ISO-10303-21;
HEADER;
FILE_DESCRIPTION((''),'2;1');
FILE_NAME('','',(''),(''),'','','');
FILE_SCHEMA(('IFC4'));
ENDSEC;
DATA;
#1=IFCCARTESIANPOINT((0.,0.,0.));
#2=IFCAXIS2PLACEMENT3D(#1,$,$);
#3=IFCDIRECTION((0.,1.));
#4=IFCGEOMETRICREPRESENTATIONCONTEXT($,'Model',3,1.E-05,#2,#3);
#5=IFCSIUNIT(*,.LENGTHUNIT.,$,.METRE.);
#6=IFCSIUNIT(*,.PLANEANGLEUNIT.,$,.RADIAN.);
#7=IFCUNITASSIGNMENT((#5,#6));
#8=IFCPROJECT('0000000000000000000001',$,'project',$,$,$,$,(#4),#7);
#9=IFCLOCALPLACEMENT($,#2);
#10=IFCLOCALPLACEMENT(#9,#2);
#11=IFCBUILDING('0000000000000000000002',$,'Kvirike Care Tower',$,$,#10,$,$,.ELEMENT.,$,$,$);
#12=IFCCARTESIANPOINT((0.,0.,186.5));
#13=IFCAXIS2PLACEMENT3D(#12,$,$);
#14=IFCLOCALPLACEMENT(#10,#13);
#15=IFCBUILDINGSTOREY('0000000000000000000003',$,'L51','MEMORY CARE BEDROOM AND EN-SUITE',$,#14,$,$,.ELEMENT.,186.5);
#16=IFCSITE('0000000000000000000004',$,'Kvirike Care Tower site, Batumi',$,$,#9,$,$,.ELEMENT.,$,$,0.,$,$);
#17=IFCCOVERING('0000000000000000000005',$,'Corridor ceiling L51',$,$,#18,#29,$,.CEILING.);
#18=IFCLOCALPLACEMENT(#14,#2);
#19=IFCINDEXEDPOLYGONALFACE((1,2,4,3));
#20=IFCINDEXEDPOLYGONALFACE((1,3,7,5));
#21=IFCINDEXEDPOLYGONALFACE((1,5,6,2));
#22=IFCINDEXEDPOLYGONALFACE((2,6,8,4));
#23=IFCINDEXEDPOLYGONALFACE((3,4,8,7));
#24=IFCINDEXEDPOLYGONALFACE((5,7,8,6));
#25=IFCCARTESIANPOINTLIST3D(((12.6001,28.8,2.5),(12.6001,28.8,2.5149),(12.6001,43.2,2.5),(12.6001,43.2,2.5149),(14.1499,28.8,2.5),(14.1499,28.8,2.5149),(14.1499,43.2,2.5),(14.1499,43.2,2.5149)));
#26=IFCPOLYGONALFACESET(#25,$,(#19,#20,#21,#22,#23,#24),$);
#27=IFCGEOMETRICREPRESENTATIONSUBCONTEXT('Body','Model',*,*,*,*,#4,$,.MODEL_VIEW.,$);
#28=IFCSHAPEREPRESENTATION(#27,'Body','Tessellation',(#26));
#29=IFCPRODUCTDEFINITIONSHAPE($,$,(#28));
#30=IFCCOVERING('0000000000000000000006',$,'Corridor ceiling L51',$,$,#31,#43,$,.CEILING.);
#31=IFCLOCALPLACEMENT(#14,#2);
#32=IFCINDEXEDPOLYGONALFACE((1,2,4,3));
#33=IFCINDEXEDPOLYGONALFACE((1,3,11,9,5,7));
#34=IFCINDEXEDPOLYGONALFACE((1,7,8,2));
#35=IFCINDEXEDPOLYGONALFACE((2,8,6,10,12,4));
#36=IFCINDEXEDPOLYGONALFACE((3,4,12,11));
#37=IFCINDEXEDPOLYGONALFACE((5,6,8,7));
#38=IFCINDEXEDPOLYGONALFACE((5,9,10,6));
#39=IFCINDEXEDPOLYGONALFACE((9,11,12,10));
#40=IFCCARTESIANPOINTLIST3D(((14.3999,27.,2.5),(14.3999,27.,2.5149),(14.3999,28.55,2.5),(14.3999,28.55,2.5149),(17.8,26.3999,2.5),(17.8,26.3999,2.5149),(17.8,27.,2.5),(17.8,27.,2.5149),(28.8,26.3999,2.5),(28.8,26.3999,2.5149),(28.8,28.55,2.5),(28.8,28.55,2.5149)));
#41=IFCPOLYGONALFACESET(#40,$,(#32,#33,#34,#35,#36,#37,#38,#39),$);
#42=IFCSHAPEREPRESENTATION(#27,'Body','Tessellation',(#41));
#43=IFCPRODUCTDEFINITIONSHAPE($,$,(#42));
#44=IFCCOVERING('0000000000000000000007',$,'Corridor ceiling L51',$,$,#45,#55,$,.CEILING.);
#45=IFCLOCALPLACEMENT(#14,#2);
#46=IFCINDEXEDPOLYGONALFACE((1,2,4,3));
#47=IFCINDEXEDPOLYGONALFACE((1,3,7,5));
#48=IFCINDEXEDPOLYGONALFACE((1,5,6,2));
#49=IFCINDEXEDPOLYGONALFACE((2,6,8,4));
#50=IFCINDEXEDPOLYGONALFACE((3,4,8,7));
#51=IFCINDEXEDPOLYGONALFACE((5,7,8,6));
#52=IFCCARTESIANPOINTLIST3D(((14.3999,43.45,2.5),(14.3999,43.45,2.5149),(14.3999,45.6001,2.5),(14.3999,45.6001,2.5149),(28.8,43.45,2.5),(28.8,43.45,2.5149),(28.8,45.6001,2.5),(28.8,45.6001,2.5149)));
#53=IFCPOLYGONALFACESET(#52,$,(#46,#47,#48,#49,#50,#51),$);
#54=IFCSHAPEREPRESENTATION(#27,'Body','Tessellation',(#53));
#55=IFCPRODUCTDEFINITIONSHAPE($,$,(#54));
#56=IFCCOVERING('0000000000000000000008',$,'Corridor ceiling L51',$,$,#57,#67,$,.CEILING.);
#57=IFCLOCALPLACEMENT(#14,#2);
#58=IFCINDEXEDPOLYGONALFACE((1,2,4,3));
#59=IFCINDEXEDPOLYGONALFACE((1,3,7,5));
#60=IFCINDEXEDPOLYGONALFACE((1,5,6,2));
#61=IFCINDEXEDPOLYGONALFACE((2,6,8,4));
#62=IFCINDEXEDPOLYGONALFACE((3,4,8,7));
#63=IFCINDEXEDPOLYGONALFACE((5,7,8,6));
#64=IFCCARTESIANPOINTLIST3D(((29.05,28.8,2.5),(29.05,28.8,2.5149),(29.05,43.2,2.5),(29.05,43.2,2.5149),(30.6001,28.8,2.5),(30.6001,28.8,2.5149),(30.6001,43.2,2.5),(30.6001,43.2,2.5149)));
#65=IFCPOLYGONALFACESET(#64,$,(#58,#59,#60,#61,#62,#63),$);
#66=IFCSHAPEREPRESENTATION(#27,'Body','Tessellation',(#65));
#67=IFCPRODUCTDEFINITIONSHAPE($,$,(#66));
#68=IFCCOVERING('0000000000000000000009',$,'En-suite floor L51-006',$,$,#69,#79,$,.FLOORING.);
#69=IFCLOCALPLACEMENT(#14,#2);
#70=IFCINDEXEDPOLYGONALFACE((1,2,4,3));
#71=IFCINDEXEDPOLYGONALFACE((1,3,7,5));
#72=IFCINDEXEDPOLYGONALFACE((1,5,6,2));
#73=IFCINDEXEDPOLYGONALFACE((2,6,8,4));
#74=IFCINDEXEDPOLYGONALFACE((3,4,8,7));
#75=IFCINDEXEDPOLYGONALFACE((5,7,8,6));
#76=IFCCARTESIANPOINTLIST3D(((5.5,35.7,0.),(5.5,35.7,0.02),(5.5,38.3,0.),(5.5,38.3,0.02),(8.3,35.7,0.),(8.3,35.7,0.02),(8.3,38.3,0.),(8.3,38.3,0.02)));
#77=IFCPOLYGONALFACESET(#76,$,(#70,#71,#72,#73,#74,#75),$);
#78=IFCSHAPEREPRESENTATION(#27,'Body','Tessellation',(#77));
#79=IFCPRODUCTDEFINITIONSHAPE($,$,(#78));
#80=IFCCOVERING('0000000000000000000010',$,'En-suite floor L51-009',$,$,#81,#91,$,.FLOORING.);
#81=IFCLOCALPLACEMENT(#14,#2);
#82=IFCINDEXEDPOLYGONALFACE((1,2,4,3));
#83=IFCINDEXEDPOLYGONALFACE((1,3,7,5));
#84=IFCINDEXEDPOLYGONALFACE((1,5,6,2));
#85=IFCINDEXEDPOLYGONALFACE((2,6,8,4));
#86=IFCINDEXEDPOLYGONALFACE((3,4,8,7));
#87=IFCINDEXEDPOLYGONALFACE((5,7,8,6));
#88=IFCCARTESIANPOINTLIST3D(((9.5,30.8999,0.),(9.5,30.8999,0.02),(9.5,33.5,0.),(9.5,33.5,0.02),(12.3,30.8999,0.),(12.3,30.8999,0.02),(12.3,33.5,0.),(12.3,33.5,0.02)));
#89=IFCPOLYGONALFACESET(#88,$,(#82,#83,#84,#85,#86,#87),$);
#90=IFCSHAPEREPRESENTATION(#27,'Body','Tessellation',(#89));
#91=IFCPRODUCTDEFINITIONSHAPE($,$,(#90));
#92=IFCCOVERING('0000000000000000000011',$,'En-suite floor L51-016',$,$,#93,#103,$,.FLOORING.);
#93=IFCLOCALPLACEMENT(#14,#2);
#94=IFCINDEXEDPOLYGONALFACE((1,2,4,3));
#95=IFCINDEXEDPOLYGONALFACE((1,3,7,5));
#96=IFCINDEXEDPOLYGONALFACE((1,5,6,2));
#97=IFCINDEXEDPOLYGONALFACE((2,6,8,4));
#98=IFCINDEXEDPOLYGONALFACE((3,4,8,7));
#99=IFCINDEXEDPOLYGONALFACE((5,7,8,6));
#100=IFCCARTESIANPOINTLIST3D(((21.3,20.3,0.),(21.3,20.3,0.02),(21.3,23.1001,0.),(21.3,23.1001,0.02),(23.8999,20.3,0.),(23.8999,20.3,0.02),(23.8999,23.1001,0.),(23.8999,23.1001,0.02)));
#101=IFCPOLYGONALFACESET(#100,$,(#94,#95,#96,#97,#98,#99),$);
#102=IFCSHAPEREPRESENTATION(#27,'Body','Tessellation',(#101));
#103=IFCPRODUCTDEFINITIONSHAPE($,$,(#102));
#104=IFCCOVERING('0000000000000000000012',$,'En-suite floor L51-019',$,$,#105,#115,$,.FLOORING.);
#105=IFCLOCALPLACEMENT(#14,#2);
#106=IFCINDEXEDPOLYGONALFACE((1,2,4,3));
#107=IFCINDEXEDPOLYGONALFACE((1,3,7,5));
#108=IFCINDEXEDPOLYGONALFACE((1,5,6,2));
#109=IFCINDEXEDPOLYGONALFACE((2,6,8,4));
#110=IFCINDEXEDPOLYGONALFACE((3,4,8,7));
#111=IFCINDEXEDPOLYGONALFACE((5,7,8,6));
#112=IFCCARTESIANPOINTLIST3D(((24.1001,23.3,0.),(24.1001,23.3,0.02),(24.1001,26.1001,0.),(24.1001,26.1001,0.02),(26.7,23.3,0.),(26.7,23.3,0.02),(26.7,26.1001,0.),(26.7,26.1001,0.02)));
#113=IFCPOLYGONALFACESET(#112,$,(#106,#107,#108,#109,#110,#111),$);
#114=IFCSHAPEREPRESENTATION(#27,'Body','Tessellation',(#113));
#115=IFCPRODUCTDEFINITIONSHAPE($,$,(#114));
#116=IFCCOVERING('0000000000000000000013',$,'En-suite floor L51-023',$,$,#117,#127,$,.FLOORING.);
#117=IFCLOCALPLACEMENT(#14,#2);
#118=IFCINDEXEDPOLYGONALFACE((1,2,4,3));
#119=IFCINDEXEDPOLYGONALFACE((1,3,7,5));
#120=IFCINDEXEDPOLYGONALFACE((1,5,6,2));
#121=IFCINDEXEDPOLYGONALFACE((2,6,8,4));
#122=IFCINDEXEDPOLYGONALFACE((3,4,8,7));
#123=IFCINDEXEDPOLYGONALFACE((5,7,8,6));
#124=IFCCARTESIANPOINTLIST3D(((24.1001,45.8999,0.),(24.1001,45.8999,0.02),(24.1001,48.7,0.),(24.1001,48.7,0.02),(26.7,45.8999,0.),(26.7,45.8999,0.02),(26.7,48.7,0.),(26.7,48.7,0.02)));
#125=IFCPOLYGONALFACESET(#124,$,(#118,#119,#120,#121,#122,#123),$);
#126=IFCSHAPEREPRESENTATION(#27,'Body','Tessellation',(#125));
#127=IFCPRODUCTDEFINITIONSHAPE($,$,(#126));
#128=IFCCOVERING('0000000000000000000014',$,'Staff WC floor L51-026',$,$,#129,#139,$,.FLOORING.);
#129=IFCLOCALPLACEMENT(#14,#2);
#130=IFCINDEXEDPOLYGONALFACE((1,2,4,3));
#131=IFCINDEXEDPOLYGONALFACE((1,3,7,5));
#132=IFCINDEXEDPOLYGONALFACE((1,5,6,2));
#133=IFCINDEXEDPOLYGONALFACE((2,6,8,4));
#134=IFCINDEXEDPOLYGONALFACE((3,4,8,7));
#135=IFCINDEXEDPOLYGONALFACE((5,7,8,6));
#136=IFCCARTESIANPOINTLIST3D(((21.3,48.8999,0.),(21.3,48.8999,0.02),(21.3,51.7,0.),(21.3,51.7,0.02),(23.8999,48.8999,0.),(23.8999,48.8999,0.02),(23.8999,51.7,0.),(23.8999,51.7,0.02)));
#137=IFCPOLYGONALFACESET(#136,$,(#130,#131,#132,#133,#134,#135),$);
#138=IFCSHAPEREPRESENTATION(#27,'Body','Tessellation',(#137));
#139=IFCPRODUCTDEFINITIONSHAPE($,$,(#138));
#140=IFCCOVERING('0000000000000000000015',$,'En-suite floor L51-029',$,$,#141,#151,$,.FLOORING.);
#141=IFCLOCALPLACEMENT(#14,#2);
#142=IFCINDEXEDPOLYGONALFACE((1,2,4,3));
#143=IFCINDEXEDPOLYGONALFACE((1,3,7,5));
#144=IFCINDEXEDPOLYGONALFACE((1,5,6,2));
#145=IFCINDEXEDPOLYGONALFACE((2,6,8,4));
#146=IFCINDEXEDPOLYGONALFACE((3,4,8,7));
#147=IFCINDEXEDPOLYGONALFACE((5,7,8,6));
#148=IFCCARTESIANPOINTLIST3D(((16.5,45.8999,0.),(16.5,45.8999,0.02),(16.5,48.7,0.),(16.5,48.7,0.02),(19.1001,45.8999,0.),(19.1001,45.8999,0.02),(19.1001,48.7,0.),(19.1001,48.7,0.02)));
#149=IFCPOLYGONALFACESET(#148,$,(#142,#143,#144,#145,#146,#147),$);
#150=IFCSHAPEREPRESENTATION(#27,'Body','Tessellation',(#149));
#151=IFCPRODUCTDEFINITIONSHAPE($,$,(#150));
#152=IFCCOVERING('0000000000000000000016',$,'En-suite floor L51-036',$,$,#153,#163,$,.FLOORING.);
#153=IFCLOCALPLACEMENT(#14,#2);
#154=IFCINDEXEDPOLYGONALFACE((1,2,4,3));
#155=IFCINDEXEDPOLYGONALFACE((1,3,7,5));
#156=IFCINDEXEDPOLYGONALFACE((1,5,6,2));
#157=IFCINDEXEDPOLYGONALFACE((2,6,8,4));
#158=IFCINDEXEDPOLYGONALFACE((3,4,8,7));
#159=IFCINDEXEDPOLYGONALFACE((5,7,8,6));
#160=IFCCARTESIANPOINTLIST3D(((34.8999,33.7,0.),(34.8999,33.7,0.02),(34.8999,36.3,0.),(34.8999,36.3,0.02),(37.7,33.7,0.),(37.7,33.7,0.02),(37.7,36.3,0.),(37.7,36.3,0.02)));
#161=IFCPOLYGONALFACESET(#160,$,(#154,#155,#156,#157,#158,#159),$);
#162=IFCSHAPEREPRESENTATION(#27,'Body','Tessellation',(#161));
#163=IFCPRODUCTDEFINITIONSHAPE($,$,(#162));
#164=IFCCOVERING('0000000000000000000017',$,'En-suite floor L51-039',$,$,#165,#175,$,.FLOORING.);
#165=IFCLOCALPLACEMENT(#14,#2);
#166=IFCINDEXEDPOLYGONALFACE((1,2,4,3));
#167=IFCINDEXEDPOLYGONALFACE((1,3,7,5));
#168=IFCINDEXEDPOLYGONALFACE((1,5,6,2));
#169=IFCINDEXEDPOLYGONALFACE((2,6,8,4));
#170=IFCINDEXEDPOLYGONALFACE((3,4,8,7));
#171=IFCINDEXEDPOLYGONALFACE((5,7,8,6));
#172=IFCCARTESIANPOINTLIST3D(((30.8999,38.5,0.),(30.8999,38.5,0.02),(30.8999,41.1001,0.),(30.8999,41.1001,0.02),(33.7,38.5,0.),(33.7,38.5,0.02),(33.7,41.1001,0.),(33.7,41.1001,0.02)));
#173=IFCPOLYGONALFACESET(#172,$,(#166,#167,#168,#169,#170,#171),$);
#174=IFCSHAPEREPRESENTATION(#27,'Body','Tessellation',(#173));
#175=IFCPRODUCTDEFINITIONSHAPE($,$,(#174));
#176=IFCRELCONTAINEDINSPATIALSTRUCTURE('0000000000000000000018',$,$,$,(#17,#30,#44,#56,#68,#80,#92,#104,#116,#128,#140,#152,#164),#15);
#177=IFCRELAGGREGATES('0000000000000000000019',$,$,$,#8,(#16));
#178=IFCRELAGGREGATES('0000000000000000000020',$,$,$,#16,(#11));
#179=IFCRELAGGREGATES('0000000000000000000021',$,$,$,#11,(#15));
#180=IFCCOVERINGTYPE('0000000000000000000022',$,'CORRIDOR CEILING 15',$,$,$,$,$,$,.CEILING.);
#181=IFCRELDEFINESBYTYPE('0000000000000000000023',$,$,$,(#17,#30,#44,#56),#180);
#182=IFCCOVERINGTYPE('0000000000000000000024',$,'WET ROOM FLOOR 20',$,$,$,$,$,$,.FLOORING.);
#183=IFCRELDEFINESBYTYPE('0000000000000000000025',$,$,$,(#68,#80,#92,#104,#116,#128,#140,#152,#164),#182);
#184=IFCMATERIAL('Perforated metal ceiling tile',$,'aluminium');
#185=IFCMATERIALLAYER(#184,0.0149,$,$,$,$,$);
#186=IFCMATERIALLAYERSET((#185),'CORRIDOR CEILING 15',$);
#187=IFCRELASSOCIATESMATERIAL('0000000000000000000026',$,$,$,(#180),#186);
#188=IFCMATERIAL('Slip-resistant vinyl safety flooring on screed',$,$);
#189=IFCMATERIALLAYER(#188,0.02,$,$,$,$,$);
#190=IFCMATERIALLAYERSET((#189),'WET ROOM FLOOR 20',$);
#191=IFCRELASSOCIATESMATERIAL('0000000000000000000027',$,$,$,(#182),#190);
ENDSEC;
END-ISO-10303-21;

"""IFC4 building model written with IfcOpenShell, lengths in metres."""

from ifc_helpers import new_model, si_unit, direction, frame, origin, place, context, subcontext, project, spatial, polyline, outline, extrude, material, layer, layer_set, type_object, element, save


model = new_model("IFC4")

# Units and contexts
model_context = context("Model", 3, precision=1e-05, world=origin(), true_north=direction((0.0, 1.0)))
body_context = subcontext(model_context, "Body", "Model", "MODEL_VIEW")
ifc_project = project(units=[si_unit("LENGTHUNIT", "METRE"), si_unit("PLANEANGLEUNIT", "RADIAN")], contexts=[model_context])

# Site, building, storey
site_placement = place(None, origin())
site = spatial("IfcSite", under=ifc_project, at=site_placement, Name="Kvirike Care Tower site, Batumi", CompositionType="ELEMENT", RefElevation=0.0)
building_placement = place(site_placement, origin())
building = spatial("IfcBuilding", under=site, at=building_placement, Name="Kvirike Care Tower", CompositionType="ELEMENT")
storey_placement = place(building_placement, frame((0.0, 0.0, 186.5)))
storey = spatial("IfcBuildingStorey", under=building, at=storey_placement, Name="L51", Description="MEMORY CARE BEDROOM AND EN-SUITE", CompositionType="ELEMENT", Elevation=186.5)

# Coverings
ifc_material_1 = material(Name="Perforated metal ceiling tile", Category="aluminium")
ifc_layer_1 = layer(ifc_material_1, 0.0149)
ifc_layer_set_1 = layer_set([ifc_layer_1], Name="CORRIDOR CEILING 15")
covering_type_1 = type_object("IfcCoveringType", Name="CORRIDOR CEILING 15", PredefinedType="CEILING", material=ifc_layer_set_1)
covering_1_placement = place(storey_placement, frame((0.0, 0.0, 2.5)))
element("IfcCovering", 1, at=covering_1_placement, inside=storey, type_object=covering_type_1, Name="Corridor ceiling L51", PredefinedType="CEILING", context=body_context, shape_type="SweptSolid", body=[
    extrude(outline(polyline([(12.6001, 43.2), (14.1499, 43.2), (14.1499, 28.8), (12.6001, 28.8), (12.6001, 43.2)])), origin(), (0.0, 0.0, 1.0), 0.0149),
])
covering_2_placement = place(storey_placement, frame((0.0, 0.0, 2.5)))
element("IfcCovering", 2, at=covering_2_placement, inside=storey, type_object=covering_type_1, Name="Corridor ceiling L51", PredefinedType="CEILING", context=body_context, shape_type="SweptSolid", body=[
    extrude(outline(polyline([(14.3999, 28.55), (28.8, 28.55), (28.8, 26.3999), (17.8, 26.3999), (17.8, 27.0), (14.3999, 27.0), (14.3999, 28.55)])), origin(), (0.0, 0.0, 1.0), 0.0149),
])
covering_3_placement = place(storey_placement, frame((0.0, 0.0, 2.5)))
element("IfcCovering", 3, at=covering_3_placement, inside=storey, type_object=covering_type_1, Name="Corridor ceiling L51", PredefinedType="CEILING", context=body_context, shape_type="SweptSolid", body=[
    extrude(outline(polyline([(28.8, 45.6001), (28.8, 43.45), (14.3999, 43.45), (14.3999, 45.6001), (28.8, 45.6001)])), origin(), (0.0, 0.0, 1.0), 0.0149),
])
covering_4_placement = place(storey_placement, frame((0.0, 0.0, 2.5)))
element("IfcCovering", 4, at=covering_4_placement, inside=storey, type_object=covering_type_1, Name="Corridor ceiling L51", PredefinedType="CEILING", context=body_context, shape_type="SweptSolid", body=[
    extrude(outline(polyline([(30.6001, 28.8), (29.05, 28.8), (29.05, 43.2), (30.6001, 43.2), (30.6001, 28.8)])), origin(), (0.0, 0.0, 1.0), 0.0149),
])
ifc_material_2 = material(Name="Slip-resistant vinyl safety flooring on screed")
ifc_layer_2 = layer(ifc_material_2, 0.02)
ifc_layer_set_2 = layer_set([ifc_layer_2], Name="WET ROOM FLOOR 20")
covering_type_2 = type_object("IfcCoveringType", Name="WET ROOM FLOOR 20", PredefinedType="FLOORING", material=ifc_layer_set_2)
covering_5_placement = place(storey_placement, origin())
element("IfcCovering", 5, at=covering_5_placement, inside=storey, type_object=covering_type_2, Name="En-suite floor L51-006", PredefinedType="FLOORING", context=body_context, shape_type="SweptSolid", body=[
    extrude(outline(polyline([(5.5, 38.3), (8.3, 38.3), (8.3, 35.7), (5.5, 35.7), (5.5, 38.3)])), origin(), (0.0, 0.0, 1.0), 0.02),
])
covering_6_placement = place(storey_placement, origin())
element("IfcCovering", 6, at=covering_6_placement, inside=storey, type_object=covering_type_2, Name="En-suite floor L51-009", PredefinedType="FLOORING", context=body_context, shape_type="SweptSolid", body=[
    extrude(outline(polyline([(9.5, 33.5), (12.3, 33.5), (12.3, 30.8999), (9.5, 30.8999), (9.5, 33.5)])), origin(), (0.0, 0.0, 1.0), 0.02),
])
covering_7_placement = place(storey_placement, origin())
element("IfcCovering", 7, at=covering_7_placement, inside=storey, type_object=covering_type_2, Name="En-suite floor L51-016", PredefinedType="FLOORING", context=body_context, shape_type="SweptSolid", body=[
    extrude(outline(polyline([(21.3, 20.3), (21.3, 23.1001), (23.8999, 23.1001), (23.8999, 20.3), (21.3, 20.3)])), origin(), (0.0, 0.0, 1.0), 0.02),
])
covering_8_placement = place(storey_placement, origin())
element("IfcCovering", 8, at=covering_8_placement, inside=storey, type_object=covering_type_2, Name="En-suite floor L51-019", PredefinedType="FLOORING", context=body_context, shape_type="SweptSolid", body=[
    extrude(outline(polyline([(24.1001, 23.3), (24.1001, 26.1001), (26.7, 26.1001), (26.7, 23.3), (24.1001, 23.3)])), origin(), (0.0, 0.0, 1.0), 0.02),
])
covering_9_placement = place(storey_placement, origin())
element("IfcCovering", 9, at=covering_9_placement, inside=storey, type_object=covering_type_2, Name="En-suite floor L51-023", PredefinedType="FLOORING", context=body_context, shape_type="SweptSolid", body=[
    extrude(outline(polyline([(26.7, 48.7), (26.7, 45.8999), (24.1001, 45.8999), (24.1001, 48.7), (26.7, 48.7)])), origin(), (0.0, 0.0, 1.0), 0.02),
])
covering_10_placement = place(storey_placement, origin())
element("IfcCovering", 10, at=covering_10_placement, inside=storey, type_object=covering_type_2, Name="Staff WC floor L51-026", PredefinedType="FLOORING", context=body_context, shape_type="SweptSolid", body=[
    extrude(outline(polyline([(23.8999, 51.7), (23.8999, 48.8999), (21.3, 48.8999), (21.3, 51.7), (23.8999, 51.7)])), origin(), (0.0, 0.0, 1.0), 0.02),
])
covering_11_placement = place(storey_placement, origin())
element("IfcCovering", 11, at=covering_11_placement, inside=storey, type_object=covering_type_2, Name="En-suite floor L51-029", PredefinedType="FLOORING", context=body_context, shape_type="SweptSolid", body=[
    extrude(outline(polyline([(19.1001, 48.7), (19.1001, 45.8999), (16.5, 45.8999), (16.5, 48.7), (19.1001, 48.7)])), origin(), (0.0, 0.0, 1.0), 0.02),
])
covering_12_placement = place(storey_placement, origin())
element("IfcCovering", 12, at=covering_12_placement, inside=storey, type_object=covering_type_2, Name="En-suite floor L51-036", PredefinedType="FLOORING", context=body_context, shape_type="SweptSolid", body=[
    extrude(outline(polyline([(37.7, 33.7), (34.8999, 33.7), (34.8999, 36.3), (37.7, 36.3), (37.7, 33.7)])), origin(), (0.0, 0.0, 1.0), 0.02),
])
covering_13_placement = place(storey_placement, origin())
element("IfcCovering", 13, at=covering_13_placement, inside=storey, type_object=covering_type_2, Name="En-suite floor L51-039", PredefinedType="FLOORING", context=body_context, shape_type="SweptSolid", body=[
    extrude(outline(polyline([(33.7, 38.5), (30.8999, 38.5), (30.8999, 41.1001), (33.7, 41.1001), (33.7, 38.5)])), origin(), (0.0, 0.0, 1.0), 0.02),
])

save(model, "model.ifc")
